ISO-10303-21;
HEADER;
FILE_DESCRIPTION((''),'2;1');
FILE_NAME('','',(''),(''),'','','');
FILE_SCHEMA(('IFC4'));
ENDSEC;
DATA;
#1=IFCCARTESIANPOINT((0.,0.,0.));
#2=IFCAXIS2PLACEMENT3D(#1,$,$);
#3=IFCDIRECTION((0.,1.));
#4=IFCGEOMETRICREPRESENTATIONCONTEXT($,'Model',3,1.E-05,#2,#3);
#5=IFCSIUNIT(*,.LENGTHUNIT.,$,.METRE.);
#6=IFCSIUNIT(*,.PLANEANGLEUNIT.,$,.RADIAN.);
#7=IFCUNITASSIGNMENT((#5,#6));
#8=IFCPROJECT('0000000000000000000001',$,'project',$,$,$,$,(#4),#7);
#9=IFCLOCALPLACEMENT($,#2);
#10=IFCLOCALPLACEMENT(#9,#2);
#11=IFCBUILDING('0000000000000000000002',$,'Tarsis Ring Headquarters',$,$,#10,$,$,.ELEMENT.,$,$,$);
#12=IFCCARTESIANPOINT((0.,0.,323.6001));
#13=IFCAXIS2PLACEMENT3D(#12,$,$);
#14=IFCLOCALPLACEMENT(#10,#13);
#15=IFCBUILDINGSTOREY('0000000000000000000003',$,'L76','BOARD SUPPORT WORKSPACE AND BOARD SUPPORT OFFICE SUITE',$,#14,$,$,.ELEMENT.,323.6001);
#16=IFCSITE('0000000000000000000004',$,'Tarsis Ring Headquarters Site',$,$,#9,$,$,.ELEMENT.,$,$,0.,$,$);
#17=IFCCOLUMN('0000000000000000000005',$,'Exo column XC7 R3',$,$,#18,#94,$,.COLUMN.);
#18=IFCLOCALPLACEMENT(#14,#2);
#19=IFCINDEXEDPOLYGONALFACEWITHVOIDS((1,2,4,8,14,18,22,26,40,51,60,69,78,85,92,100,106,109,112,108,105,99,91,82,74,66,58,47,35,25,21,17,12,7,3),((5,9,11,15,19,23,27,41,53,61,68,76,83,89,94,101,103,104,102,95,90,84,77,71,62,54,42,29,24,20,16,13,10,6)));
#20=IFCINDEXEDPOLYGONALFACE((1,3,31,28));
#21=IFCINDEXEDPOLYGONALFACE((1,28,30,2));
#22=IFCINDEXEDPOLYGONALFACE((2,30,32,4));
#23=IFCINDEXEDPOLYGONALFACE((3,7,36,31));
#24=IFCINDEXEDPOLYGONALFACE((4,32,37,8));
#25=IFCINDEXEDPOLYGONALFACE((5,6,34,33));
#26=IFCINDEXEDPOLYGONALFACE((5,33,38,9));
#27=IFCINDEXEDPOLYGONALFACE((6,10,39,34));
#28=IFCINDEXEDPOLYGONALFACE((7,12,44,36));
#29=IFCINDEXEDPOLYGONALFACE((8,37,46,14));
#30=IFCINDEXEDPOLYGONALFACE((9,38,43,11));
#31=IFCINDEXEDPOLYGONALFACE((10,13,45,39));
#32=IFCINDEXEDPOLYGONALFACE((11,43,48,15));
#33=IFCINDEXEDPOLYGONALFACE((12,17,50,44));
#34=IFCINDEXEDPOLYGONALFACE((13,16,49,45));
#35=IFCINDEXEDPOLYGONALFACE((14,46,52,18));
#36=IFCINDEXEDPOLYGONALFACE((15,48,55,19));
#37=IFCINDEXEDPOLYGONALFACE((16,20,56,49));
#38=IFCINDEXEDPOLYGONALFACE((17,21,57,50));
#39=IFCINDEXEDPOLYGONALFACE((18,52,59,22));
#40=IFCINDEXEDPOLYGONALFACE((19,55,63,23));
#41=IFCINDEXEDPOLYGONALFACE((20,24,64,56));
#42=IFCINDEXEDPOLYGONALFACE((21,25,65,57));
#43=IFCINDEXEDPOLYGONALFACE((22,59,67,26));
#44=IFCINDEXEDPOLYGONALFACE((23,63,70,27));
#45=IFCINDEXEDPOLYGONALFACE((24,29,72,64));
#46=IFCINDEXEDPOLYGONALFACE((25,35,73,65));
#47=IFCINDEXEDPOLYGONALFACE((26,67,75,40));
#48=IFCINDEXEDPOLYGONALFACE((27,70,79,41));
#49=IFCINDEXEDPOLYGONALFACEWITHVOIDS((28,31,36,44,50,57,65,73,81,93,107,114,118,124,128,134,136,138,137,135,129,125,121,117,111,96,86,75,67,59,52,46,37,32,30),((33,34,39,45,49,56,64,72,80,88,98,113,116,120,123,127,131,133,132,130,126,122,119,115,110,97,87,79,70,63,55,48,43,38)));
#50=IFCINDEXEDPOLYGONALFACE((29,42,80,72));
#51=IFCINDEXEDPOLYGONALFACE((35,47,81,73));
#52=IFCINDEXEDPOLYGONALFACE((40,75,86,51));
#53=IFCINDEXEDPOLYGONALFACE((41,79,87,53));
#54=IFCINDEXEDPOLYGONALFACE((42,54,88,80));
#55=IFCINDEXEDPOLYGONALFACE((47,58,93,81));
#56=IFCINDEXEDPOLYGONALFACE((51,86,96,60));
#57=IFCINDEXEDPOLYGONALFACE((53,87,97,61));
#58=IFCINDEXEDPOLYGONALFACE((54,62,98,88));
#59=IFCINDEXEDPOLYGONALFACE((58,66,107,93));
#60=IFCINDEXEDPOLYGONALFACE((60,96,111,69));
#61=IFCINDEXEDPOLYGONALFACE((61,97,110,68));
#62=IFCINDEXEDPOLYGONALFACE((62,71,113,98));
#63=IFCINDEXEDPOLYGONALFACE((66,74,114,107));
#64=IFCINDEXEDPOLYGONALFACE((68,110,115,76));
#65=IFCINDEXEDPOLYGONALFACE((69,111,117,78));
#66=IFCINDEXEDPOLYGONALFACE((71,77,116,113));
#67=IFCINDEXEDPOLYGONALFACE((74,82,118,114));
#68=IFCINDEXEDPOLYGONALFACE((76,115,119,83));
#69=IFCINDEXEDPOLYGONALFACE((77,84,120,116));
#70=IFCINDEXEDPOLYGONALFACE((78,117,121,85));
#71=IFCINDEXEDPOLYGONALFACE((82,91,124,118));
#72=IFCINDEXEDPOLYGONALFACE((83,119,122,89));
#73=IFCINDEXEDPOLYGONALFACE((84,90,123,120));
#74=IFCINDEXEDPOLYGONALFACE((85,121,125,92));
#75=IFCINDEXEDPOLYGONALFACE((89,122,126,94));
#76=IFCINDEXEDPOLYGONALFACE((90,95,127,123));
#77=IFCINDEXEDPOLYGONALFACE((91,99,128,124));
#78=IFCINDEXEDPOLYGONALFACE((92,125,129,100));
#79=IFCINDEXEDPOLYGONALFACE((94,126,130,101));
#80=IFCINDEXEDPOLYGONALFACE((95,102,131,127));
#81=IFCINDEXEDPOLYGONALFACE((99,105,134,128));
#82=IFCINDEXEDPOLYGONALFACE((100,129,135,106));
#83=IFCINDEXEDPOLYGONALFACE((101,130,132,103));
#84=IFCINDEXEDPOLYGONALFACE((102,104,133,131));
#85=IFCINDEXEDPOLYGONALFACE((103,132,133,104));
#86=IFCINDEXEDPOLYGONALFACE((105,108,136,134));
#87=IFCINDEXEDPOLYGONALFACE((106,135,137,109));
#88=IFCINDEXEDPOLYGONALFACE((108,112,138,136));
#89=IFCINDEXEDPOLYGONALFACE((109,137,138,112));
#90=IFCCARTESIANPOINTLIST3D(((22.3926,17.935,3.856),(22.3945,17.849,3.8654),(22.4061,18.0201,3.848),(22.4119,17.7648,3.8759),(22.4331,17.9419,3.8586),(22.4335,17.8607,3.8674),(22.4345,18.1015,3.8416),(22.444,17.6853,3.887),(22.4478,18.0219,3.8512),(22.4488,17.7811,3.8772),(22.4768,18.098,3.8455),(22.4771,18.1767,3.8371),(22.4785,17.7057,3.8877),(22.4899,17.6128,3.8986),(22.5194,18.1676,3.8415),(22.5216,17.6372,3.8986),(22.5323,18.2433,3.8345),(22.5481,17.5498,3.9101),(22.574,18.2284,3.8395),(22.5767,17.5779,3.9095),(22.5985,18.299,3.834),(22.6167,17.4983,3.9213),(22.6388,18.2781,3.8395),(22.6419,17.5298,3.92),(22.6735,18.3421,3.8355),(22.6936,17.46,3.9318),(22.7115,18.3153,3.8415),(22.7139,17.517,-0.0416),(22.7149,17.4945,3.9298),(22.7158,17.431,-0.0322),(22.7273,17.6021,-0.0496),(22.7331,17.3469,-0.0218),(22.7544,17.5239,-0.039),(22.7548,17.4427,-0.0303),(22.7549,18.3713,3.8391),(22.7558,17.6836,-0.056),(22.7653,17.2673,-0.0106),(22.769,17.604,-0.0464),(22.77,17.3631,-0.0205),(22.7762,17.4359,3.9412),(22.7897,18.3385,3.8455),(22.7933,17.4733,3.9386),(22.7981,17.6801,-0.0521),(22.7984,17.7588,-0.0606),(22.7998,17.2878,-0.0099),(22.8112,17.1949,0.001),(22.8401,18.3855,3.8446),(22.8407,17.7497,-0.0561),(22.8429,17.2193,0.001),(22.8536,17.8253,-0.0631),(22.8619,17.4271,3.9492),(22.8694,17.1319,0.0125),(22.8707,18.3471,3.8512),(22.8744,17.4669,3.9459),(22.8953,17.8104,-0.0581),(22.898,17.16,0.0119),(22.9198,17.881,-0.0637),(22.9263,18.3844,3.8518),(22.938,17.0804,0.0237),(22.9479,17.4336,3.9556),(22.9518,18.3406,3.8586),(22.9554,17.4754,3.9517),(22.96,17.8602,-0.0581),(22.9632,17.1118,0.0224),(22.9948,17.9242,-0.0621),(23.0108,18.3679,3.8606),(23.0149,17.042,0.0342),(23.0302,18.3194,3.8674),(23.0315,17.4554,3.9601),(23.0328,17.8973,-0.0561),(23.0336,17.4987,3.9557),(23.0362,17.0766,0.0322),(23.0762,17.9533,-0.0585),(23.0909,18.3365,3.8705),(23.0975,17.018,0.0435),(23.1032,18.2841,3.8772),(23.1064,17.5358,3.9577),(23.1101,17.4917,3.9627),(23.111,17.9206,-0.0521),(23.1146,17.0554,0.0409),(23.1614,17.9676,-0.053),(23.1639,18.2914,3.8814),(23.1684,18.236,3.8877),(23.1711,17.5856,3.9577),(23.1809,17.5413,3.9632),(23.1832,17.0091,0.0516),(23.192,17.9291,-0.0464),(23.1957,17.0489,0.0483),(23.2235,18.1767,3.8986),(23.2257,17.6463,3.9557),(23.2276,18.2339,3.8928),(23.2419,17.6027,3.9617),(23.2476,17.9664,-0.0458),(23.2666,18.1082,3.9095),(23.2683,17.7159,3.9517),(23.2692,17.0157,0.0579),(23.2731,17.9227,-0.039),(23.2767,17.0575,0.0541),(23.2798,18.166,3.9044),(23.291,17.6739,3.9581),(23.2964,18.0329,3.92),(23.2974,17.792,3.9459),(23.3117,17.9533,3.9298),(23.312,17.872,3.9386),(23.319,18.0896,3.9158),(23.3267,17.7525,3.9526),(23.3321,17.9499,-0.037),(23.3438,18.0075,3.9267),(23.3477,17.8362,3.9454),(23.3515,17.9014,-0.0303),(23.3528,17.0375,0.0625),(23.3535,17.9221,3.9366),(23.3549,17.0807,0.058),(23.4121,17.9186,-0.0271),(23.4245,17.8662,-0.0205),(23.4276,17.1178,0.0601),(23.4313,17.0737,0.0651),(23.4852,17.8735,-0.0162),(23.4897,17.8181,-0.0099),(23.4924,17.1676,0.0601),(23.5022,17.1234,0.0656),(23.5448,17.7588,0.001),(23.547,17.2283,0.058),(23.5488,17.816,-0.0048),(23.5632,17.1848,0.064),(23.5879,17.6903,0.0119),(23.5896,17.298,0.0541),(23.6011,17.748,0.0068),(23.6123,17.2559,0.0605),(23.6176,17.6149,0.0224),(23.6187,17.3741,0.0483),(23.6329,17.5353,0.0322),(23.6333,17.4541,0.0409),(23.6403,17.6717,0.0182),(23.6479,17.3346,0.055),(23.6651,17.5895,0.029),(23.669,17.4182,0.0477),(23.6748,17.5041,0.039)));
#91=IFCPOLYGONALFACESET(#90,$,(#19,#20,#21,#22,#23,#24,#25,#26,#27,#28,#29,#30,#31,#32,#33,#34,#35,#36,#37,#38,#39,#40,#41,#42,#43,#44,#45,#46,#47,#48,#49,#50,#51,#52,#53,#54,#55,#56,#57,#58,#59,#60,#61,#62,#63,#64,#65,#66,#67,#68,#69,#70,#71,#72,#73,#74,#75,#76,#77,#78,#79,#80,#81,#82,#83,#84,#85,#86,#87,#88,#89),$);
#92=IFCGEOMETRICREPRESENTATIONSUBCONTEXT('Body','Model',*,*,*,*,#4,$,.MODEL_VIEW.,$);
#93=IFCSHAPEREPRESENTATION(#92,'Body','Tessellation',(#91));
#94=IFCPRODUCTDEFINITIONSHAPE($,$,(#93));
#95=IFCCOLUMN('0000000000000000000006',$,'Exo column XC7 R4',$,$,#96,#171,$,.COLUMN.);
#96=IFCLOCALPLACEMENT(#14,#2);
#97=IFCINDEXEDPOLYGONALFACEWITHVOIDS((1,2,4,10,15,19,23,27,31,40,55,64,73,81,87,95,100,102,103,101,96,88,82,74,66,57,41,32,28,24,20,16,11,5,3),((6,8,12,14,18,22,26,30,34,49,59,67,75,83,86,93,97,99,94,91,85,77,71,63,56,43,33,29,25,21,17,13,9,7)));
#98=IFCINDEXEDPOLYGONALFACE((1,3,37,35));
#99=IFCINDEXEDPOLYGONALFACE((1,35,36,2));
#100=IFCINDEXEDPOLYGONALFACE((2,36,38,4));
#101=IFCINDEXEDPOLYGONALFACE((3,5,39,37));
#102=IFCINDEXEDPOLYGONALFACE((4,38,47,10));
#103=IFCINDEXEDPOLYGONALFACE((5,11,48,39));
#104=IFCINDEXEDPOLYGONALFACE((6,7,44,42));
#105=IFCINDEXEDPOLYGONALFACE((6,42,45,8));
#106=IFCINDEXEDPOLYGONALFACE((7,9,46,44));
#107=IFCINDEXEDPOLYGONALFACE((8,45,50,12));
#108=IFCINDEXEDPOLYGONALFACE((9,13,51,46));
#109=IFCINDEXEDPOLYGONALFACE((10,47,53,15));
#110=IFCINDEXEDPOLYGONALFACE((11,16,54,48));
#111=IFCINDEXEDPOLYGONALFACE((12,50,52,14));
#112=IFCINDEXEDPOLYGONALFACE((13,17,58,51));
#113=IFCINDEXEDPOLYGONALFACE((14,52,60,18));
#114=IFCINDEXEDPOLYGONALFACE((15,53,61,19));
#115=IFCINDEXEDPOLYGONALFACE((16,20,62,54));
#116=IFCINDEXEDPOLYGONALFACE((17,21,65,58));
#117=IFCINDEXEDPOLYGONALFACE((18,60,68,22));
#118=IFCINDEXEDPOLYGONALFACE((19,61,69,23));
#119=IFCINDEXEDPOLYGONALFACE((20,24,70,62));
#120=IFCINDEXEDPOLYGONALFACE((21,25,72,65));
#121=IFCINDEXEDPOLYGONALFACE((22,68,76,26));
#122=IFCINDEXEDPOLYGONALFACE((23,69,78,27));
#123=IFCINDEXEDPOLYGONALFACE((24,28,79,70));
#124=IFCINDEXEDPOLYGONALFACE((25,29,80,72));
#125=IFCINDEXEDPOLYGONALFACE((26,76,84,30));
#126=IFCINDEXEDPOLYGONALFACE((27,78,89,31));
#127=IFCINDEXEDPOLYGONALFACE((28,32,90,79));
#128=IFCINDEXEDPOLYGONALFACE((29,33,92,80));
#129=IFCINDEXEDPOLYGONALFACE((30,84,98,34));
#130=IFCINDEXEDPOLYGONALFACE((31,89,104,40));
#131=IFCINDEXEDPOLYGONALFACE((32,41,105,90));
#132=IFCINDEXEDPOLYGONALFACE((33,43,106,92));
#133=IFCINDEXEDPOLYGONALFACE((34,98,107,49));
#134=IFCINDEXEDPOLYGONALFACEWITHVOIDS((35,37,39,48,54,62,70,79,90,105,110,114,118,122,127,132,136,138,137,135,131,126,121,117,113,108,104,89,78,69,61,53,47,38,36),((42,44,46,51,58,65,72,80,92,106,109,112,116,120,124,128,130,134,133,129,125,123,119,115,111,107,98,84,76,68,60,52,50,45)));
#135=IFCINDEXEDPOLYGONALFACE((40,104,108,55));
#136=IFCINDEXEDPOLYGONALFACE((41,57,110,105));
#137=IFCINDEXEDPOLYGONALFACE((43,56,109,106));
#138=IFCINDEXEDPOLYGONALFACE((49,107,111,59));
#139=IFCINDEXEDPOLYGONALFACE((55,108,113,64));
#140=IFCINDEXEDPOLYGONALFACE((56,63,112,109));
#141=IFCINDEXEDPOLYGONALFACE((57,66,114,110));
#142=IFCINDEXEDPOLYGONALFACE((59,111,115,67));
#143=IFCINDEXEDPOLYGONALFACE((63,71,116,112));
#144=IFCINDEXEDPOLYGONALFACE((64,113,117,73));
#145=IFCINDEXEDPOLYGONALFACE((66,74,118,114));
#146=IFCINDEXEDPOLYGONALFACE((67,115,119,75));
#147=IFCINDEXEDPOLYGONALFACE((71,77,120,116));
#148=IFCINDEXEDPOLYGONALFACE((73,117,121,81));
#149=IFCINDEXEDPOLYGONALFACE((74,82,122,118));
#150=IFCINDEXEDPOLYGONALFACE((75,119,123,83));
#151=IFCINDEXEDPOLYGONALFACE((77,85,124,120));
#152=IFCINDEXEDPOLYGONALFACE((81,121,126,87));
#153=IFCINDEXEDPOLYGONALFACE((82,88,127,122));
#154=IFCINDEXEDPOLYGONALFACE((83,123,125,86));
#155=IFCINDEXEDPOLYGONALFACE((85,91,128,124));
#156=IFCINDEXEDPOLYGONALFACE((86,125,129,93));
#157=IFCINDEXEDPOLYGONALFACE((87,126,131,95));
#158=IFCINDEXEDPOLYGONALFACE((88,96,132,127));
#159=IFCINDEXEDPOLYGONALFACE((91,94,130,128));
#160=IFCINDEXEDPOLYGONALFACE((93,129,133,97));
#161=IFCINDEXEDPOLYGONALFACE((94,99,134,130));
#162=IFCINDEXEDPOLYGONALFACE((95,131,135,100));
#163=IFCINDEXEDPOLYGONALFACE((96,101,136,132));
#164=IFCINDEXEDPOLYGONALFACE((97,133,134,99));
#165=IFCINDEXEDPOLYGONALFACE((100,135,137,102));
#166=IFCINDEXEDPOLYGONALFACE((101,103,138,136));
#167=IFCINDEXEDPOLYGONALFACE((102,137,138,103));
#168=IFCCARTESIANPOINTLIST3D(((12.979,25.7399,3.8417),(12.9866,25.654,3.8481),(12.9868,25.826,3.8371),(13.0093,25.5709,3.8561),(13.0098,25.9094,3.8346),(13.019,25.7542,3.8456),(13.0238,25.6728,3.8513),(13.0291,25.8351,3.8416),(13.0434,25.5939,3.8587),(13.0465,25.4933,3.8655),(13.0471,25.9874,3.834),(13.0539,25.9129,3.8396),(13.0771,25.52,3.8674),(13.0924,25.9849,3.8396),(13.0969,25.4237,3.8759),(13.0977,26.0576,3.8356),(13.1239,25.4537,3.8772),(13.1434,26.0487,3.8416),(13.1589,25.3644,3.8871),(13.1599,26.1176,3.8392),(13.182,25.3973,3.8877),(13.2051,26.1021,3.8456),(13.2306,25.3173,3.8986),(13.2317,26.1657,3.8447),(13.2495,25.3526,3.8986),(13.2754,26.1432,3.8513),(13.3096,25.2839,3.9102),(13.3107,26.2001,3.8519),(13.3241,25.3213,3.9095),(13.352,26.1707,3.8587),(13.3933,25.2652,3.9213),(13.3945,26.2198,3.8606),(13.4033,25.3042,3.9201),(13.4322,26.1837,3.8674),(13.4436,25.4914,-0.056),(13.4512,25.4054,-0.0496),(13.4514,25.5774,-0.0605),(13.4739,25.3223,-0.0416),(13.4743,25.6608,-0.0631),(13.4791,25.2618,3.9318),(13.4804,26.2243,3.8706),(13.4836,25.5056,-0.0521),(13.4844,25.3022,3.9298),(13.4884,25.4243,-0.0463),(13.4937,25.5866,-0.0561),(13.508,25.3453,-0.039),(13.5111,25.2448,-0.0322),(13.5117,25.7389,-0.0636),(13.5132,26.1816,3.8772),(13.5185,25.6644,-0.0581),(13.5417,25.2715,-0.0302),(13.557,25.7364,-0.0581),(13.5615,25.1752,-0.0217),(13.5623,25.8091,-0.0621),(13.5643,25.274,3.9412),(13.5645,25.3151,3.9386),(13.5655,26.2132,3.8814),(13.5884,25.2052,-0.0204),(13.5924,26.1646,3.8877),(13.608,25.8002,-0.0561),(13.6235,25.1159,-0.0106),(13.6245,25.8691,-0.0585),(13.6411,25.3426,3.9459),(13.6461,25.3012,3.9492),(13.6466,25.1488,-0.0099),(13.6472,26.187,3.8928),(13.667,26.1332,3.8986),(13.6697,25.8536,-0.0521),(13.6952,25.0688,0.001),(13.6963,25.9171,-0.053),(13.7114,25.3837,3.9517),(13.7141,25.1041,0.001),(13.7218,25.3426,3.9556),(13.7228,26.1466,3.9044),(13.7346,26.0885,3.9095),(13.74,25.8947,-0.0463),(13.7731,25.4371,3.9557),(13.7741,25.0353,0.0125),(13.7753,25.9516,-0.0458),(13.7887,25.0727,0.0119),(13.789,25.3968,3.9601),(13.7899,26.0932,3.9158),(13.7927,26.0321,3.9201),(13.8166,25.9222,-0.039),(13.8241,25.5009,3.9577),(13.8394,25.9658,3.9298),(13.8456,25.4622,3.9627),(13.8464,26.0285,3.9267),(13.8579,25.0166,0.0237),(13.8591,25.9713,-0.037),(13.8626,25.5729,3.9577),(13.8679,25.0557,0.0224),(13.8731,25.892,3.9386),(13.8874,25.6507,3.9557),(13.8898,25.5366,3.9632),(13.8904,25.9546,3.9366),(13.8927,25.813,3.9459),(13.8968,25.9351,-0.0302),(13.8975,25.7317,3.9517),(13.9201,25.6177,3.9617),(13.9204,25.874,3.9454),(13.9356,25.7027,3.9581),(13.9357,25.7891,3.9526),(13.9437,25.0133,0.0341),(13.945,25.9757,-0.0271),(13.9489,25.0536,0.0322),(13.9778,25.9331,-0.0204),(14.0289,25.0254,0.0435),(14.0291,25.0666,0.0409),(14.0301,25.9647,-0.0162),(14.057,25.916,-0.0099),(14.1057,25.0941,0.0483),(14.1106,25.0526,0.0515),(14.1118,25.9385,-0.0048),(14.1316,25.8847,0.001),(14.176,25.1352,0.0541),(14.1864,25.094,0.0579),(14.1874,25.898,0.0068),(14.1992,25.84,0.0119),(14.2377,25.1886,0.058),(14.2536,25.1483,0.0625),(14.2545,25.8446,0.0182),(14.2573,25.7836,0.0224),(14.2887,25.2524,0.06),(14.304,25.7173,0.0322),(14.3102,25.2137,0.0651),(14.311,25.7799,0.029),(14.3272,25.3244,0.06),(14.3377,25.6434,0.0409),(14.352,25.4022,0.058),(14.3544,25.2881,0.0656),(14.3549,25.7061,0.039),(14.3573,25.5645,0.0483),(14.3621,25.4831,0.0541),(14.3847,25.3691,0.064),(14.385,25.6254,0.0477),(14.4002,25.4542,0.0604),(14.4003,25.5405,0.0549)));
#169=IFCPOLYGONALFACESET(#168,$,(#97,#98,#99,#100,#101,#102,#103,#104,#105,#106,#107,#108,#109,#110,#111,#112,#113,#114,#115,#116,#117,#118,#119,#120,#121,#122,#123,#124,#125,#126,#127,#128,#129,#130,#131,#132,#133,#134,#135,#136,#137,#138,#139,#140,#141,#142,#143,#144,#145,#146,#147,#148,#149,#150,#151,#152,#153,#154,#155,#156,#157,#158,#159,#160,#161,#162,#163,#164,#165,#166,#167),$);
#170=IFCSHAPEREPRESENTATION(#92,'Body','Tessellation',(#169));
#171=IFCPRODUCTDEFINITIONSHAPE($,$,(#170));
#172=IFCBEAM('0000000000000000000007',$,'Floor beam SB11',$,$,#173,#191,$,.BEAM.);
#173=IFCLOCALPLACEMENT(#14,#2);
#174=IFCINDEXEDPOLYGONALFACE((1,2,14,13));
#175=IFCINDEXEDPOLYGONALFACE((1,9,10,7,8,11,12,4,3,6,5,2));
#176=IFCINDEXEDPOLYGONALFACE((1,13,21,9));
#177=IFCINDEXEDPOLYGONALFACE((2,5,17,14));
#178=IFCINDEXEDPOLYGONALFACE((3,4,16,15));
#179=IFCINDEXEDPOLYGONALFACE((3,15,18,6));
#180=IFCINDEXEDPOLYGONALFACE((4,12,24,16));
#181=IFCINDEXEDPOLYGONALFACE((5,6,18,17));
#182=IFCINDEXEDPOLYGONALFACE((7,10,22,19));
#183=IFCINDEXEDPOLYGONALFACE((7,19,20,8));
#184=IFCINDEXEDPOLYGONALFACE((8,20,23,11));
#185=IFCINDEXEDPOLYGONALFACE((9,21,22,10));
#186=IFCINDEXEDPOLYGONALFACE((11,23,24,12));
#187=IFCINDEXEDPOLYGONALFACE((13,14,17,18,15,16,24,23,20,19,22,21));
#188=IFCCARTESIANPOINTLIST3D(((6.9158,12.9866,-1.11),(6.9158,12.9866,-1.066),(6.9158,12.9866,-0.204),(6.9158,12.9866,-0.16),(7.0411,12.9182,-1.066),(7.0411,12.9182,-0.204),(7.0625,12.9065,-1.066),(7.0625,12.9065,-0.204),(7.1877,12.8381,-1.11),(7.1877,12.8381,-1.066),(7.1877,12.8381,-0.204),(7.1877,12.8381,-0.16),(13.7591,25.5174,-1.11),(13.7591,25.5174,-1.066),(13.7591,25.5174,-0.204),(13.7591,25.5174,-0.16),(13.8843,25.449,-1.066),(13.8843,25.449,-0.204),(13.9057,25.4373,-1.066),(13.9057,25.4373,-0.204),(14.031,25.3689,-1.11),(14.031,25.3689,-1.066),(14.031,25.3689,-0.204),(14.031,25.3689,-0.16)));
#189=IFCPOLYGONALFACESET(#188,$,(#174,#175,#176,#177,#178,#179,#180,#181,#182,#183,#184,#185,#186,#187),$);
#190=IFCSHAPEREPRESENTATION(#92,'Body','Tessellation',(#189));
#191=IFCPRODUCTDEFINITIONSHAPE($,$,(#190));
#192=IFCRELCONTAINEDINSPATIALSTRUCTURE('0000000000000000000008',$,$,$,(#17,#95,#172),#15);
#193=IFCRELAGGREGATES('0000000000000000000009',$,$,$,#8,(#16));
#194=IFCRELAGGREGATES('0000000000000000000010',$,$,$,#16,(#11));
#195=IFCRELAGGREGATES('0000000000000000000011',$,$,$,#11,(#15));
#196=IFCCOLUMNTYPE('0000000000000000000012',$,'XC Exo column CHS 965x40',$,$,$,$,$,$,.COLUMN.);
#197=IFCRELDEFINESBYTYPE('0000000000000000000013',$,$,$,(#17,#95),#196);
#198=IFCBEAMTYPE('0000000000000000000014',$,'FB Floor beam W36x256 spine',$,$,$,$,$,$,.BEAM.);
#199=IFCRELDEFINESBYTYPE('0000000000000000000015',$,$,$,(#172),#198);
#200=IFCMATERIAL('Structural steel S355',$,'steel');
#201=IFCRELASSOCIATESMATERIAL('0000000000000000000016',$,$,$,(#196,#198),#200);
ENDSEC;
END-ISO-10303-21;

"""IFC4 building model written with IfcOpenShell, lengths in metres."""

from ifc_helpers import new_model, si_unit, direction, frame, origin, origin_2d, place, context, subcontext, project, spatial, hollow_circle, i_section, extrude, material, material_profile, profile_set, type_object, element, save


model = new_model("IFC4")

# Units and contexts
model_context = context("Model", 3, precision=1e-05, world=origin(), true_north=direction((0.0, 1.0)))
body_context = subcontext(model_context, "Body", "Model", "MODEL_VIEW")
ifc_project = project(units=[si_unit("LENGTHUNIT", "METRE"), si_unit("PLANEANGLEUNIT", "RADIAN")], contexts=[model_context])

# Site, building, storey
site_placement = place(None, origin())
site = spatial("IfcSite", under=ifc_project, at=site_placement, Name="Tarsis Ring Headquarters Site", CompositionType="ELEMENT", RefElevation=0.0)
building_placement = place(site_placement, origin())
building = spatial("IfcBuilding", under=site, at=building_placement, Name="Tarsis Ring Headquarters", CompositionType="ELEMENT")
storey_placement = place(building_placement, frame((0.0, 0.0, 323.6001)))
storey = spatial("IfcBuildingStorey", under=building, at=storey_placement, Name="L76", Description="BOARD SUPPORT WORKSPACE AND BOARD SUPPORT OFFICE SUITE", CompositionType="ELEMENT", Elevation=323.6001)

# Columns
ifc_material_1 = material(Name="Structural steel S355", Category="steel")
ifc_material_profile_1 = material_profile(ifc_material_1, hollow_circle(Radius=0.4827, WallThickness=0.04, at=origin_2d()), Name="CHS 965x40")
ifc_profile_set_1 = profile_set([ifc_material_profile_1], Name="Structural steel S355")
column_type = type_object("IfcColumnType", Name="XC Exo column CHS 965x40", PredefinedType="COLUMN", material=ifc_profile_set_1)
for number, where, z_axis, x_axis, name in (
    (1, (23.1938, 17.489, 0.001), (-0.081687, 0.106267, 0.990977), (-0.792831, -0.609442, 0.0), "Exo column XC7 R3"),
    (2, (13.9229, 25.4944, 0.001), (-0.118124, 0.06319, 0.990986), (-0.471694, -0.881762, 0.0), "Exo column XC7 R4"),
):
    element("IfcColumn", number, at=place(storey_placement, frame(where, z_axis=z_axis, x_axis=x_axis)), inside=storey, type_object=column_type, Name=name, PredefinedType="COLUMN", context=body_context, shape_type="SweptSolid", body=[
        extrude(hollow_circle(Radius=0.4827, WallThickness=0.04, at=origin_2d()), origin(), (0.0, 0.0, 1.0), 3.9331),
    ])

# Beam
ifc_material_profile_2 = material_profile(ifc_material_1, i_section(OverallWidth=0.3098, OverallDepth=0.95, WebThickness=0.0244, FlangeThickness=0.0439, at=origin_2d()), Name="W36x256")
ifc_profile_set_2 = profile_set([ifc_material_profile_2], Name="Structural steel S355")
beam_type_1 = type_object("IfcBeamType", Name="FB Floor beam W36x256 spine", PredefinedType="BEAM", material=ifc_profile_set_2)
beam_placement = place(storey_placement, frame((13.895, 25.4431, -0.635), z_axis=(-0.4793, -0.877651, 0.0), x_axis=(0.877651, -0.4793, 0.0)))
element("IfcBeam", 3, at=beam_placement, inside=storey, type_object=beam_type_1, Name="Floor beam SB11", PredefinedType="BEAM", context=body_context, shape_type="SweptSolid", body=[
    extrude(i_section(OverallWidth=0.3098, OverallDepth=0.95, WebThickness=0.0244, FlangeThickness=0.0439, at=origin_2d()), origin(), (0.0, 0.0, 1.0), 14.2776),
])

save(model, "model.ifc")
